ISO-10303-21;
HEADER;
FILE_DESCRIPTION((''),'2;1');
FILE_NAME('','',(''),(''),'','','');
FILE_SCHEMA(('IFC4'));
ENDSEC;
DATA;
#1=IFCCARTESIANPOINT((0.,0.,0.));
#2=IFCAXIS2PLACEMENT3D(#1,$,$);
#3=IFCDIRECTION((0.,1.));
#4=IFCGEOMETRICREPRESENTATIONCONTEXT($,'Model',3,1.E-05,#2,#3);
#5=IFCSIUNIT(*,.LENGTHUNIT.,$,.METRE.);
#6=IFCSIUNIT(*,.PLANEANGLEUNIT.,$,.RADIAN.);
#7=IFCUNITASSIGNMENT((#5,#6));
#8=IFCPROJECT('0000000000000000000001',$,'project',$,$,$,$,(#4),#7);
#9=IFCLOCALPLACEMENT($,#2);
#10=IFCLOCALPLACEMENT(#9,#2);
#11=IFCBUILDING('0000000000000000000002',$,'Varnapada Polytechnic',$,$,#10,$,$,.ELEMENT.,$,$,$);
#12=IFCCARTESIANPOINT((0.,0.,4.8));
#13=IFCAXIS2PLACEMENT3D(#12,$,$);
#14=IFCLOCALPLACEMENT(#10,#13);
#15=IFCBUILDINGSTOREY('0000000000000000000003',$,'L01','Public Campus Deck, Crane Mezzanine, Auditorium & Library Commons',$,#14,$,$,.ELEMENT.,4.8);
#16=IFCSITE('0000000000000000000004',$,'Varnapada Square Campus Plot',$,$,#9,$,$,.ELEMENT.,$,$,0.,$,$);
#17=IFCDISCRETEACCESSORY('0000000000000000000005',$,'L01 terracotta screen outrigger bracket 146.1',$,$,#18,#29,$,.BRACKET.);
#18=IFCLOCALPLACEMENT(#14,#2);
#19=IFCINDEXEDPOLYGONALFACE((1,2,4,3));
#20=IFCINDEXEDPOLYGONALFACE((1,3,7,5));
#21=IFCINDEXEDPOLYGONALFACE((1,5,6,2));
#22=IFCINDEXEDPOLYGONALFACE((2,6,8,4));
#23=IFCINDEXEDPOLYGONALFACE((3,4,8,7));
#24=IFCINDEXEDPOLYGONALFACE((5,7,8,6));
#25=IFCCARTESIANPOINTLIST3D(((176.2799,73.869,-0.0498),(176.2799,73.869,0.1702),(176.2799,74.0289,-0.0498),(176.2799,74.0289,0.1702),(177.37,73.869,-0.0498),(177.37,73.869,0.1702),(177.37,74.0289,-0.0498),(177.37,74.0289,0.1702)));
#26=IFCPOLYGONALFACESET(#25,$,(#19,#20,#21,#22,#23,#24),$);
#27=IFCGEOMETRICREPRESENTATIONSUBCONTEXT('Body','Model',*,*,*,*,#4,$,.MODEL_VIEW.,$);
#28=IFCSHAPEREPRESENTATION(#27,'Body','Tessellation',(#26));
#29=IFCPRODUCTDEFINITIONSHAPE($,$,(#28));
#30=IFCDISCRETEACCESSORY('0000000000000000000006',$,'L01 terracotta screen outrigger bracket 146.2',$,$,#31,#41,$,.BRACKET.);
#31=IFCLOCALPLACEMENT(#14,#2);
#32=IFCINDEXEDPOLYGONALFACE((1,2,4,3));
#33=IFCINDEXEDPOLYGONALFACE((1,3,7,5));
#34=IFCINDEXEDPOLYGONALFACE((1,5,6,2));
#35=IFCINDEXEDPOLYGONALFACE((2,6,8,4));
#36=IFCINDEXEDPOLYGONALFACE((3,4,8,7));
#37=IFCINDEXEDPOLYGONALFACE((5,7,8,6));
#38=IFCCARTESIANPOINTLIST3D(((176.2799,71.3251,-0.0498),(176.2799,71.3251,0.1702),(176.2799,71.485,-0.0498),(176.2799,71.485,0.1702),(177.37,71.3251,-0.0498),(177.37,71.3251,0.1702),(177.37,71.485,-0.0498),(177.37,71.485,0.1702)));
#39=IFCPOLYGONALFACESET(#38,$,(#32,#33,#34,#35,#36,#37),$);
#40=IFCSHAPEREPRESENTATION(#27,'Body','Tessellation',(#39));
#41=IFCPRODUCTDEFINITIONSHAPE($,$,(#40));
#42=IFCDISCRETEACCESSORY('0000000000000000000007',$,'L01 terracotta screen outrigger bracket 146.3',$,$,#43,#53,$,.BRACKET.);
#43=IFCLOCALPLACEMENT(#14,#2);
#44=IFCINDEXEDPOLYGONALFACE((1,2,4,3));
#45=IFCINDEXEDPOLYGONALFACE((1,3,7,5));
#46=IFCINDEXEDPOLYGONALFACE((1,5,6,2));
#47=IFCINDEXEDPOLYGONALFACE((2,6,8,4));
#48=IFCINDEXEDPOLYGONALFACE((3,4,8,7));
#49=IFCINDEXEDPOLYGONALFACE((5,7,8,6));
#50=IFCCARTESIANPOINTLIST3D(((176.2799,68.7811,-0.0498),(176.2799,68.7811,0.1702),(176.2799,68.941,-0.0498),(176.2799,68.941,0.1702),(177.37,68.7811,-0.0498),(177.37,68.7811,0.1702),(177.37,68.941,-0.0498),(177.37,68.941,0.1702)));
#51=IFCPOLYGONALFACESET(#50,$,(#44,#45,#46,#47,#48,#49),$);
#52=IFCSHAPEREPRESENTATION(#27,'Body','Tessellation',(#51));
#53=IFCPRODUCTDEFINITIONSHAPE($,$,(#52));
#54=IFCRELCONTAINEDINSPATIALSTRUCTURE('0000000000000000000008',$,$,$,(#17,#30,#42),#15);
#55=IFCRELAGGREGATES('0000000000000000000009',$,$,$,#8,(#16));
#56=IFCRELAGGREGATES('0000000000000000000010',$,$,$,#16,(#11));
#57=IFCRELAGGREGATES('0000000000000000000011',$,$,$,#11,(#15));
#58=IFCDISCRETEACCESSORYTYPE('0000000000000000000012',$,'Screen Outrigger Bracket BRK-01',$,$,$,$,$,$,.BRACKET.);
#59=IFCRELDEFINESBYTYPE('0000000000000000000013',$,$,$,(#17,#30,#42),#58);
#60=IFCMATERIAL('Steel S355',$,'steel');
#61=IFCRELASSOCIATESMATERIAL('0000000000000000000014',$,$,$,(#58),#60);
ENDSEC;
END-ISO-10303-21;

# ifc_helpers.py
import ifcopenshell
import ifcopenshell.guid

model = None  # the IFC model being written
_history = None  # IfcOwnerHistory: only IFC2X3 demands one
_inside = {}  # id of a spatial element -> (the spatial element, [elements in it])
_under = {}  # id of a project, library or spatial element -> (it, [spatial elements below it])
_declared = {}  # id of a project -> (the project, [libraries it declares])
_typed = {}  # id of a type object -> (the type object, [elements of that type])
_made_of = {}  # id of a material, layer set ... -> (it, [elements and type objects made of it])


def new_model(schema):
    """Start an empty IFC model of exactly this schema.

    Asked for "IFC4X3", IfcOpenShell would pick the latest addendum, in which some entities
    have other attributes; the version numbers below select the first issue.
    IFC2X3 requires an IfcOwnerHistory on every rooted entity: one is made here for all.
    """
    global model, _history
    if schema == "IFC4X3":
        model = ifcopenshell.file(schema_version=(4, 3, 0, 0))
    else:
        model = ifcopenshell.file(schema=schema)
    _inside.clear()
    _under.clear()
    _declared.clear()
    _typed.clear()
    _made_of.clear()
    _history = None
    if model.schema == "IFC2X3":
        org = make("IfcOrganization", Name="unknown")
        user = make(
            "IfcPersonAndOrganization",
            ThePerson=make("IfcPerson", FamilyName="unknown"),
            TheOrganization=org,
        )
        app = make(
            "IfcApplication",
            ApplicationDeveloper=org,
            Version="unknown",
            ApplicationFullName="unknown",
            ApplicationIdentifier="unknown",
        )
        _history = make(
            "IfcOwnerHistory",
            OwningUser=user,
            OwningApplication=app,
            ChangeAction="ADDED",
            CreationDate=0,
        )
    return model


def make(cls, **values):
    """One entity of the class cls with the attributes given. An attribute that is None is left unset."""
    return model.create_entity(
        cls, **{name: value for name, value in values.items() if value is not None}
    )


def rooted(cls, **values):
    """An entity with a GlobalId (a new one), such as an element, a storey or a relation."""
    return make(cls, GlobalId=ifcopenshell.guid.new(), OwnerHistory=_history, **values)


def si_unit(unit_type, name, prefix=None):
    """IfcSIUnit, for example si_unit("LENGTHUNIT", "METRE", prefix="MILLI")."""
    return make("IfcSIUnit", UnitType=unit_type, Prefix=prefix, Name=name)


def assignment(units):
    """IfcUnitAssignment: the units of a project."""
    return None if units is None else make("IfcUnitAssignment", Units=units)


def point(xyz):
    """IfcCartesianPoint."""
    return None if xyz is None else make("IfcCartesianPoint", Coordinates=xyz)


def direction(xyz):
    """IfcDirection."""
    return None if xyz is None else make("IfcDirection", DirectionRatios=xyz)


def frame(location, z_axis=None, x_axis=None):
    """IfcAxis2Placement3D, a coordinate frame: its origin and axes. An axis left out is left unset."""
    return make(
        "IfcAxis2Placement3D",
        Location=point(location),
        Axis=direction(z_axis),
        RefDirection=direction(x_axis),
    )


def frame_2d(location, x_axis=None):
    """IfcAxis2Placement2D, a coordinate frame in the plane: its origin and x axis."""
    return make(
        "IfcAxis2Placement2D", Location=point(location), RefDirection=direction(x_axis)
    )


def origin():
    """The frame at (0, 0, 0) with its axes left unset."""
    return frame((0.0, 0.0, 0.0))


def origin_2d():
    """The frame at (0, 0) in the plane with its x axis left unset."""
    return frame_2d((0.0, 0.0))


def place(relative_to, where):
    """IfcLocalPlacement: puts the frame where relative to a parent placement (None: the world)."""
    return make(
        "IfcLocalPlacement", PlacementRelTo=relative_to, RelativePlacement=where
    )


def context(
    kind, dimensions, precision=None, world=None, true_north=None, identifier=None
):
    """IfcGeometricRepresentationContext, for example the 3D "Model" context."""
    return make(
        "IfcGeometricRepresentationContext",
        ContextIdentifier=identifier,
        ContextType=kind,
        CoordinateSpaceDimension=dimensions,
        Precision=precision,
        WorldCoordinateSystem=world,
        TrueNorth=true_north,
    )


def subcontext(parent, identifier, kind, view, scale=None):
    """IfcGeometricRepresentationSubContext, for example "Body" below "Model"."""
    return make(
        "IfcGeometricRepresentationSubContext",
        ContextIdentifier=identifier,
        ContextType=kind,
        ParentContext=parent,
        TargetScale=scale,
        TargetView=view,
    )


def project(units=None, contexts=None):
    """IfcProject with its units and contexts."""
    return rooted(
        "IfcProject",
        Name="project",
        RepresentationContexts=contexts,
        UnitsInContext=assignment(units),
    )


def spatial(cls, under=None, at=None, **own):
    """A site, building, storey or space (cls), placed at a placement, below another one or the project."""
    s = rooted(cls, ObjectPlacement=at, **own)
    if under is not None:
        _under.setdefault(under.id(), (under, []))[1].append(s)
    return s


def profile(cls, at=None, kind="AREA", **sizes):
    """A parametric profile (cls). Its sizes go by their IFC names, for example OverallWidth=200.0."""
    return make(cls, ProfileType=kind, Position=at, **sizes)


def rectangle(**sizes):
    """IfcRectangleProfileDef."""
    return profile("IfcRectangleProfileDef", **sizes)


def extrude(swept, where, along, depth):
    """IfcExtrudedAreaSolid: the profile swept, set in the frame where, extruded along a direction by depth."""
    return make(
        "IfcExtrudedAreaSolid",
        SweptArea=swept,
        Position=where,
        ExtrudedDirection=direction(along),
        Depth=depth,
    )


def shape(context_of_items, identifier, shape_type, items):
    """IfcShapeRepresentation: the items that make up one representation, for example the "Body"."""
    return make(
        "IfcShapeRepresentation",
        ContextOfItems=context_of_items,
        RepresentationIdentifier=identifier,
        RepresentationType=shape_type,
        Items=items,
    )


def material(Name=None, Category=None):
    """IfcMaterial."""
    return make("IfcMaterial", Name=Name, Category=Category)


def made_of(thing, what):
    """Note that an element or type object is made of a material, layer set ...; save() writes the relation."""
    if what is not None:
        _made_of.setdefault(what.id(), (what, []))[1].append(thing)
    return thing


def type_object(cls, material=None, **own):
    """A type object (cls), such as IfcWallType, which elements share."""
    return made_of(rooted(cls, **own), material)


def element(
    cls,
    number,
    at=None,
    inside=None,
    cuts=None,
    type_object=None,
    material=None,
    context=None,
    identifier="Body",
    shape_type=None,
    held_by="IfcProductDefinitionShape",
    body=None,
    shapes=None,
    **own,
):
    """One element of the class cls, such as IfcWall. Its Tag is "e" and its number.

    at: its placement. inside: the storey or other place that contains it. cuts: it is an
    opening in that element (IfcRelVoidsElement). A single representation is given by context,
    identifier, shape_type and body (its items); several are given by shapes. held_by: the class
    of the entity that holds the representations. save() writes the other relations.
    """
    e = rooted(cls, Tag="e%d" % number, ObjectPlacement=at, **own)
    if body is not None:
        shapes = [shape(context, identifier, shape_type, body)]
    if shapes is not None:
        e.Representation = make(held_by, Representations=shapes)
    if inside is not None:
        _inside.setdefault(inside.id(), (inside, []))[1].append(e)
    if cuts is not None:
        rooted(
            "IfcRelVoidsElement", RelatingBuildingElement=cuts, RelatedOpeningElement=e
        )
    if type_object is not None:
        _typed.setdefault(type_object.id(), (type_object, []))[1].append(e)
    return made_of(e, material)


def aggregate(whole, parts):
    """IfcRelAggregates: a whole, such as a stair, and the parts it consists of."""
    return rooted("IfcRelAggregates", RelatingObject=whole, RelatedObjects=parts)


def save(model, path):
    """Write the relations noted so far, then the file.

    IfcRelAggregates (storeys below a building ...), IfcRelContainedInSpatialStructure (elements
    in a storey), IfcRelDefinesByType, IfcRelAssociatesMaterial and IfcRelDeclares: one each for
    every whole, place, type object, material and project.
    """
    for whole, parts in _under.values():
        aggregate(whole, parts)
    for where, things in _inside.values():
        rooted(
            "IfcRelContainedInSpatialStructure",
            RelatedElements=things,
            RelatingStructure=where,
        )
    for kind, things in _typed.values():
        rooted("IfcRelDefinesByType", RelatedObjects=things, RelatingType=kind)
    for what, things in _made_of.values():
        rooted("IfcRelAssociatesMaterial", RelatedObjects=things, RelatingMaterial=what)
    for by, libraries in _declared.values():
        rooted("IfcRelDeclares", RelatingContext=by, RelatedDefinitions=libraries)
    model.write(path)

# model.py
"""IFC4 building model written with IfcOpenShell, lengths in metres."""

from ifc_helpers import new_model, si_unit, direction, frame, origin, origin_2d, place, context, subcontext, project, spatial, rectangle, extrude, material, type_object, element, save


model = new_model("IFC4")

# Units and contexts
model_context = context("Model", 3, precision=1e-05, world=origin(), true_north=direction((0.0, 1.0)))
body_context = subcontext(model_context, "Body", "Model", "MODEL_VIEW")
ifc_project = project(units=[si_unit("LENGTHUNIT", "METRE"), si_unit("PLANEANGLEUNIT", "RADIAN")], contexts=[model_context])

# Site, building, storey
site_placement = place(None, origin())
site = spatial("IfcSite", under=ifc_project, at=site_placement, Name="Varnapada Square Campus Plot", CompositionType="ELEMENT", RefElevation=0.0)
building_placement = place(site_placement, origin())
building = spatial("IfcBuilding", under=site, at=building_placement, Name="Varnapada Polytechnic", CompositionType="ELEMENT")
storey_placement = place(building_placement, frame((0.0, 0.0, 4.8)))
storey = spatial("IfcBuildingStorey", under=building, at=storey_placement, Name="L01", Description="Public Campus Deck, Crane Mezzanine, Auditorium & Library Commons", CompositionType="ELEMENT", Elevation=4.8)

# Discrete accessories
ifc_material_1 = material(Name="Steel S355", Category="steel")
discrete_accessory_type = type_object("IfcDiscreteAccessoryType", Name="Screen Outrigger Bracket BRK-01", PredefinedType="BRACKET", material=ifc_material_1)
for number, where, z_axis, x_axis, name in (
    (1, (176.825, 73.949, -0.0498), (0.0, 0.0, 1.0), (0.0, -1.0, 0.0), "L01 terracotta screen outrigger bracket 146.1"),
    (2, (176.825, 71.405, -0.0498), (0.0, 0.0, 1.0), (0.0, -1.0, 0.0), "L01 terracotta screen outrigger bracket 146.2"),
    (3, (176.825, 68.8611, -0.0498), (0.0, 0.0, 1.0), (0.0, -1.0, 0.0), "L01 terracotta screen outrigger bracket 146.3"),
):
    element("IfcDiscreteAccessory", number, at=place(storey_placement, frame(where, z_axis=z_axis, x_axis=x_axis)), inside=storey, type_object=discrete_accessory_type, Name=name, PredefinedType="BRACKET", context=body_context, shape_type="SweptSolid", body=[
        extrude(rectangle(XDim=0.1599, YDim=1.0901, at=origin_2d()), origin(), (0.0, 0.0, 1.0), 0.22),
    ])

save(model, "model.ifc")
